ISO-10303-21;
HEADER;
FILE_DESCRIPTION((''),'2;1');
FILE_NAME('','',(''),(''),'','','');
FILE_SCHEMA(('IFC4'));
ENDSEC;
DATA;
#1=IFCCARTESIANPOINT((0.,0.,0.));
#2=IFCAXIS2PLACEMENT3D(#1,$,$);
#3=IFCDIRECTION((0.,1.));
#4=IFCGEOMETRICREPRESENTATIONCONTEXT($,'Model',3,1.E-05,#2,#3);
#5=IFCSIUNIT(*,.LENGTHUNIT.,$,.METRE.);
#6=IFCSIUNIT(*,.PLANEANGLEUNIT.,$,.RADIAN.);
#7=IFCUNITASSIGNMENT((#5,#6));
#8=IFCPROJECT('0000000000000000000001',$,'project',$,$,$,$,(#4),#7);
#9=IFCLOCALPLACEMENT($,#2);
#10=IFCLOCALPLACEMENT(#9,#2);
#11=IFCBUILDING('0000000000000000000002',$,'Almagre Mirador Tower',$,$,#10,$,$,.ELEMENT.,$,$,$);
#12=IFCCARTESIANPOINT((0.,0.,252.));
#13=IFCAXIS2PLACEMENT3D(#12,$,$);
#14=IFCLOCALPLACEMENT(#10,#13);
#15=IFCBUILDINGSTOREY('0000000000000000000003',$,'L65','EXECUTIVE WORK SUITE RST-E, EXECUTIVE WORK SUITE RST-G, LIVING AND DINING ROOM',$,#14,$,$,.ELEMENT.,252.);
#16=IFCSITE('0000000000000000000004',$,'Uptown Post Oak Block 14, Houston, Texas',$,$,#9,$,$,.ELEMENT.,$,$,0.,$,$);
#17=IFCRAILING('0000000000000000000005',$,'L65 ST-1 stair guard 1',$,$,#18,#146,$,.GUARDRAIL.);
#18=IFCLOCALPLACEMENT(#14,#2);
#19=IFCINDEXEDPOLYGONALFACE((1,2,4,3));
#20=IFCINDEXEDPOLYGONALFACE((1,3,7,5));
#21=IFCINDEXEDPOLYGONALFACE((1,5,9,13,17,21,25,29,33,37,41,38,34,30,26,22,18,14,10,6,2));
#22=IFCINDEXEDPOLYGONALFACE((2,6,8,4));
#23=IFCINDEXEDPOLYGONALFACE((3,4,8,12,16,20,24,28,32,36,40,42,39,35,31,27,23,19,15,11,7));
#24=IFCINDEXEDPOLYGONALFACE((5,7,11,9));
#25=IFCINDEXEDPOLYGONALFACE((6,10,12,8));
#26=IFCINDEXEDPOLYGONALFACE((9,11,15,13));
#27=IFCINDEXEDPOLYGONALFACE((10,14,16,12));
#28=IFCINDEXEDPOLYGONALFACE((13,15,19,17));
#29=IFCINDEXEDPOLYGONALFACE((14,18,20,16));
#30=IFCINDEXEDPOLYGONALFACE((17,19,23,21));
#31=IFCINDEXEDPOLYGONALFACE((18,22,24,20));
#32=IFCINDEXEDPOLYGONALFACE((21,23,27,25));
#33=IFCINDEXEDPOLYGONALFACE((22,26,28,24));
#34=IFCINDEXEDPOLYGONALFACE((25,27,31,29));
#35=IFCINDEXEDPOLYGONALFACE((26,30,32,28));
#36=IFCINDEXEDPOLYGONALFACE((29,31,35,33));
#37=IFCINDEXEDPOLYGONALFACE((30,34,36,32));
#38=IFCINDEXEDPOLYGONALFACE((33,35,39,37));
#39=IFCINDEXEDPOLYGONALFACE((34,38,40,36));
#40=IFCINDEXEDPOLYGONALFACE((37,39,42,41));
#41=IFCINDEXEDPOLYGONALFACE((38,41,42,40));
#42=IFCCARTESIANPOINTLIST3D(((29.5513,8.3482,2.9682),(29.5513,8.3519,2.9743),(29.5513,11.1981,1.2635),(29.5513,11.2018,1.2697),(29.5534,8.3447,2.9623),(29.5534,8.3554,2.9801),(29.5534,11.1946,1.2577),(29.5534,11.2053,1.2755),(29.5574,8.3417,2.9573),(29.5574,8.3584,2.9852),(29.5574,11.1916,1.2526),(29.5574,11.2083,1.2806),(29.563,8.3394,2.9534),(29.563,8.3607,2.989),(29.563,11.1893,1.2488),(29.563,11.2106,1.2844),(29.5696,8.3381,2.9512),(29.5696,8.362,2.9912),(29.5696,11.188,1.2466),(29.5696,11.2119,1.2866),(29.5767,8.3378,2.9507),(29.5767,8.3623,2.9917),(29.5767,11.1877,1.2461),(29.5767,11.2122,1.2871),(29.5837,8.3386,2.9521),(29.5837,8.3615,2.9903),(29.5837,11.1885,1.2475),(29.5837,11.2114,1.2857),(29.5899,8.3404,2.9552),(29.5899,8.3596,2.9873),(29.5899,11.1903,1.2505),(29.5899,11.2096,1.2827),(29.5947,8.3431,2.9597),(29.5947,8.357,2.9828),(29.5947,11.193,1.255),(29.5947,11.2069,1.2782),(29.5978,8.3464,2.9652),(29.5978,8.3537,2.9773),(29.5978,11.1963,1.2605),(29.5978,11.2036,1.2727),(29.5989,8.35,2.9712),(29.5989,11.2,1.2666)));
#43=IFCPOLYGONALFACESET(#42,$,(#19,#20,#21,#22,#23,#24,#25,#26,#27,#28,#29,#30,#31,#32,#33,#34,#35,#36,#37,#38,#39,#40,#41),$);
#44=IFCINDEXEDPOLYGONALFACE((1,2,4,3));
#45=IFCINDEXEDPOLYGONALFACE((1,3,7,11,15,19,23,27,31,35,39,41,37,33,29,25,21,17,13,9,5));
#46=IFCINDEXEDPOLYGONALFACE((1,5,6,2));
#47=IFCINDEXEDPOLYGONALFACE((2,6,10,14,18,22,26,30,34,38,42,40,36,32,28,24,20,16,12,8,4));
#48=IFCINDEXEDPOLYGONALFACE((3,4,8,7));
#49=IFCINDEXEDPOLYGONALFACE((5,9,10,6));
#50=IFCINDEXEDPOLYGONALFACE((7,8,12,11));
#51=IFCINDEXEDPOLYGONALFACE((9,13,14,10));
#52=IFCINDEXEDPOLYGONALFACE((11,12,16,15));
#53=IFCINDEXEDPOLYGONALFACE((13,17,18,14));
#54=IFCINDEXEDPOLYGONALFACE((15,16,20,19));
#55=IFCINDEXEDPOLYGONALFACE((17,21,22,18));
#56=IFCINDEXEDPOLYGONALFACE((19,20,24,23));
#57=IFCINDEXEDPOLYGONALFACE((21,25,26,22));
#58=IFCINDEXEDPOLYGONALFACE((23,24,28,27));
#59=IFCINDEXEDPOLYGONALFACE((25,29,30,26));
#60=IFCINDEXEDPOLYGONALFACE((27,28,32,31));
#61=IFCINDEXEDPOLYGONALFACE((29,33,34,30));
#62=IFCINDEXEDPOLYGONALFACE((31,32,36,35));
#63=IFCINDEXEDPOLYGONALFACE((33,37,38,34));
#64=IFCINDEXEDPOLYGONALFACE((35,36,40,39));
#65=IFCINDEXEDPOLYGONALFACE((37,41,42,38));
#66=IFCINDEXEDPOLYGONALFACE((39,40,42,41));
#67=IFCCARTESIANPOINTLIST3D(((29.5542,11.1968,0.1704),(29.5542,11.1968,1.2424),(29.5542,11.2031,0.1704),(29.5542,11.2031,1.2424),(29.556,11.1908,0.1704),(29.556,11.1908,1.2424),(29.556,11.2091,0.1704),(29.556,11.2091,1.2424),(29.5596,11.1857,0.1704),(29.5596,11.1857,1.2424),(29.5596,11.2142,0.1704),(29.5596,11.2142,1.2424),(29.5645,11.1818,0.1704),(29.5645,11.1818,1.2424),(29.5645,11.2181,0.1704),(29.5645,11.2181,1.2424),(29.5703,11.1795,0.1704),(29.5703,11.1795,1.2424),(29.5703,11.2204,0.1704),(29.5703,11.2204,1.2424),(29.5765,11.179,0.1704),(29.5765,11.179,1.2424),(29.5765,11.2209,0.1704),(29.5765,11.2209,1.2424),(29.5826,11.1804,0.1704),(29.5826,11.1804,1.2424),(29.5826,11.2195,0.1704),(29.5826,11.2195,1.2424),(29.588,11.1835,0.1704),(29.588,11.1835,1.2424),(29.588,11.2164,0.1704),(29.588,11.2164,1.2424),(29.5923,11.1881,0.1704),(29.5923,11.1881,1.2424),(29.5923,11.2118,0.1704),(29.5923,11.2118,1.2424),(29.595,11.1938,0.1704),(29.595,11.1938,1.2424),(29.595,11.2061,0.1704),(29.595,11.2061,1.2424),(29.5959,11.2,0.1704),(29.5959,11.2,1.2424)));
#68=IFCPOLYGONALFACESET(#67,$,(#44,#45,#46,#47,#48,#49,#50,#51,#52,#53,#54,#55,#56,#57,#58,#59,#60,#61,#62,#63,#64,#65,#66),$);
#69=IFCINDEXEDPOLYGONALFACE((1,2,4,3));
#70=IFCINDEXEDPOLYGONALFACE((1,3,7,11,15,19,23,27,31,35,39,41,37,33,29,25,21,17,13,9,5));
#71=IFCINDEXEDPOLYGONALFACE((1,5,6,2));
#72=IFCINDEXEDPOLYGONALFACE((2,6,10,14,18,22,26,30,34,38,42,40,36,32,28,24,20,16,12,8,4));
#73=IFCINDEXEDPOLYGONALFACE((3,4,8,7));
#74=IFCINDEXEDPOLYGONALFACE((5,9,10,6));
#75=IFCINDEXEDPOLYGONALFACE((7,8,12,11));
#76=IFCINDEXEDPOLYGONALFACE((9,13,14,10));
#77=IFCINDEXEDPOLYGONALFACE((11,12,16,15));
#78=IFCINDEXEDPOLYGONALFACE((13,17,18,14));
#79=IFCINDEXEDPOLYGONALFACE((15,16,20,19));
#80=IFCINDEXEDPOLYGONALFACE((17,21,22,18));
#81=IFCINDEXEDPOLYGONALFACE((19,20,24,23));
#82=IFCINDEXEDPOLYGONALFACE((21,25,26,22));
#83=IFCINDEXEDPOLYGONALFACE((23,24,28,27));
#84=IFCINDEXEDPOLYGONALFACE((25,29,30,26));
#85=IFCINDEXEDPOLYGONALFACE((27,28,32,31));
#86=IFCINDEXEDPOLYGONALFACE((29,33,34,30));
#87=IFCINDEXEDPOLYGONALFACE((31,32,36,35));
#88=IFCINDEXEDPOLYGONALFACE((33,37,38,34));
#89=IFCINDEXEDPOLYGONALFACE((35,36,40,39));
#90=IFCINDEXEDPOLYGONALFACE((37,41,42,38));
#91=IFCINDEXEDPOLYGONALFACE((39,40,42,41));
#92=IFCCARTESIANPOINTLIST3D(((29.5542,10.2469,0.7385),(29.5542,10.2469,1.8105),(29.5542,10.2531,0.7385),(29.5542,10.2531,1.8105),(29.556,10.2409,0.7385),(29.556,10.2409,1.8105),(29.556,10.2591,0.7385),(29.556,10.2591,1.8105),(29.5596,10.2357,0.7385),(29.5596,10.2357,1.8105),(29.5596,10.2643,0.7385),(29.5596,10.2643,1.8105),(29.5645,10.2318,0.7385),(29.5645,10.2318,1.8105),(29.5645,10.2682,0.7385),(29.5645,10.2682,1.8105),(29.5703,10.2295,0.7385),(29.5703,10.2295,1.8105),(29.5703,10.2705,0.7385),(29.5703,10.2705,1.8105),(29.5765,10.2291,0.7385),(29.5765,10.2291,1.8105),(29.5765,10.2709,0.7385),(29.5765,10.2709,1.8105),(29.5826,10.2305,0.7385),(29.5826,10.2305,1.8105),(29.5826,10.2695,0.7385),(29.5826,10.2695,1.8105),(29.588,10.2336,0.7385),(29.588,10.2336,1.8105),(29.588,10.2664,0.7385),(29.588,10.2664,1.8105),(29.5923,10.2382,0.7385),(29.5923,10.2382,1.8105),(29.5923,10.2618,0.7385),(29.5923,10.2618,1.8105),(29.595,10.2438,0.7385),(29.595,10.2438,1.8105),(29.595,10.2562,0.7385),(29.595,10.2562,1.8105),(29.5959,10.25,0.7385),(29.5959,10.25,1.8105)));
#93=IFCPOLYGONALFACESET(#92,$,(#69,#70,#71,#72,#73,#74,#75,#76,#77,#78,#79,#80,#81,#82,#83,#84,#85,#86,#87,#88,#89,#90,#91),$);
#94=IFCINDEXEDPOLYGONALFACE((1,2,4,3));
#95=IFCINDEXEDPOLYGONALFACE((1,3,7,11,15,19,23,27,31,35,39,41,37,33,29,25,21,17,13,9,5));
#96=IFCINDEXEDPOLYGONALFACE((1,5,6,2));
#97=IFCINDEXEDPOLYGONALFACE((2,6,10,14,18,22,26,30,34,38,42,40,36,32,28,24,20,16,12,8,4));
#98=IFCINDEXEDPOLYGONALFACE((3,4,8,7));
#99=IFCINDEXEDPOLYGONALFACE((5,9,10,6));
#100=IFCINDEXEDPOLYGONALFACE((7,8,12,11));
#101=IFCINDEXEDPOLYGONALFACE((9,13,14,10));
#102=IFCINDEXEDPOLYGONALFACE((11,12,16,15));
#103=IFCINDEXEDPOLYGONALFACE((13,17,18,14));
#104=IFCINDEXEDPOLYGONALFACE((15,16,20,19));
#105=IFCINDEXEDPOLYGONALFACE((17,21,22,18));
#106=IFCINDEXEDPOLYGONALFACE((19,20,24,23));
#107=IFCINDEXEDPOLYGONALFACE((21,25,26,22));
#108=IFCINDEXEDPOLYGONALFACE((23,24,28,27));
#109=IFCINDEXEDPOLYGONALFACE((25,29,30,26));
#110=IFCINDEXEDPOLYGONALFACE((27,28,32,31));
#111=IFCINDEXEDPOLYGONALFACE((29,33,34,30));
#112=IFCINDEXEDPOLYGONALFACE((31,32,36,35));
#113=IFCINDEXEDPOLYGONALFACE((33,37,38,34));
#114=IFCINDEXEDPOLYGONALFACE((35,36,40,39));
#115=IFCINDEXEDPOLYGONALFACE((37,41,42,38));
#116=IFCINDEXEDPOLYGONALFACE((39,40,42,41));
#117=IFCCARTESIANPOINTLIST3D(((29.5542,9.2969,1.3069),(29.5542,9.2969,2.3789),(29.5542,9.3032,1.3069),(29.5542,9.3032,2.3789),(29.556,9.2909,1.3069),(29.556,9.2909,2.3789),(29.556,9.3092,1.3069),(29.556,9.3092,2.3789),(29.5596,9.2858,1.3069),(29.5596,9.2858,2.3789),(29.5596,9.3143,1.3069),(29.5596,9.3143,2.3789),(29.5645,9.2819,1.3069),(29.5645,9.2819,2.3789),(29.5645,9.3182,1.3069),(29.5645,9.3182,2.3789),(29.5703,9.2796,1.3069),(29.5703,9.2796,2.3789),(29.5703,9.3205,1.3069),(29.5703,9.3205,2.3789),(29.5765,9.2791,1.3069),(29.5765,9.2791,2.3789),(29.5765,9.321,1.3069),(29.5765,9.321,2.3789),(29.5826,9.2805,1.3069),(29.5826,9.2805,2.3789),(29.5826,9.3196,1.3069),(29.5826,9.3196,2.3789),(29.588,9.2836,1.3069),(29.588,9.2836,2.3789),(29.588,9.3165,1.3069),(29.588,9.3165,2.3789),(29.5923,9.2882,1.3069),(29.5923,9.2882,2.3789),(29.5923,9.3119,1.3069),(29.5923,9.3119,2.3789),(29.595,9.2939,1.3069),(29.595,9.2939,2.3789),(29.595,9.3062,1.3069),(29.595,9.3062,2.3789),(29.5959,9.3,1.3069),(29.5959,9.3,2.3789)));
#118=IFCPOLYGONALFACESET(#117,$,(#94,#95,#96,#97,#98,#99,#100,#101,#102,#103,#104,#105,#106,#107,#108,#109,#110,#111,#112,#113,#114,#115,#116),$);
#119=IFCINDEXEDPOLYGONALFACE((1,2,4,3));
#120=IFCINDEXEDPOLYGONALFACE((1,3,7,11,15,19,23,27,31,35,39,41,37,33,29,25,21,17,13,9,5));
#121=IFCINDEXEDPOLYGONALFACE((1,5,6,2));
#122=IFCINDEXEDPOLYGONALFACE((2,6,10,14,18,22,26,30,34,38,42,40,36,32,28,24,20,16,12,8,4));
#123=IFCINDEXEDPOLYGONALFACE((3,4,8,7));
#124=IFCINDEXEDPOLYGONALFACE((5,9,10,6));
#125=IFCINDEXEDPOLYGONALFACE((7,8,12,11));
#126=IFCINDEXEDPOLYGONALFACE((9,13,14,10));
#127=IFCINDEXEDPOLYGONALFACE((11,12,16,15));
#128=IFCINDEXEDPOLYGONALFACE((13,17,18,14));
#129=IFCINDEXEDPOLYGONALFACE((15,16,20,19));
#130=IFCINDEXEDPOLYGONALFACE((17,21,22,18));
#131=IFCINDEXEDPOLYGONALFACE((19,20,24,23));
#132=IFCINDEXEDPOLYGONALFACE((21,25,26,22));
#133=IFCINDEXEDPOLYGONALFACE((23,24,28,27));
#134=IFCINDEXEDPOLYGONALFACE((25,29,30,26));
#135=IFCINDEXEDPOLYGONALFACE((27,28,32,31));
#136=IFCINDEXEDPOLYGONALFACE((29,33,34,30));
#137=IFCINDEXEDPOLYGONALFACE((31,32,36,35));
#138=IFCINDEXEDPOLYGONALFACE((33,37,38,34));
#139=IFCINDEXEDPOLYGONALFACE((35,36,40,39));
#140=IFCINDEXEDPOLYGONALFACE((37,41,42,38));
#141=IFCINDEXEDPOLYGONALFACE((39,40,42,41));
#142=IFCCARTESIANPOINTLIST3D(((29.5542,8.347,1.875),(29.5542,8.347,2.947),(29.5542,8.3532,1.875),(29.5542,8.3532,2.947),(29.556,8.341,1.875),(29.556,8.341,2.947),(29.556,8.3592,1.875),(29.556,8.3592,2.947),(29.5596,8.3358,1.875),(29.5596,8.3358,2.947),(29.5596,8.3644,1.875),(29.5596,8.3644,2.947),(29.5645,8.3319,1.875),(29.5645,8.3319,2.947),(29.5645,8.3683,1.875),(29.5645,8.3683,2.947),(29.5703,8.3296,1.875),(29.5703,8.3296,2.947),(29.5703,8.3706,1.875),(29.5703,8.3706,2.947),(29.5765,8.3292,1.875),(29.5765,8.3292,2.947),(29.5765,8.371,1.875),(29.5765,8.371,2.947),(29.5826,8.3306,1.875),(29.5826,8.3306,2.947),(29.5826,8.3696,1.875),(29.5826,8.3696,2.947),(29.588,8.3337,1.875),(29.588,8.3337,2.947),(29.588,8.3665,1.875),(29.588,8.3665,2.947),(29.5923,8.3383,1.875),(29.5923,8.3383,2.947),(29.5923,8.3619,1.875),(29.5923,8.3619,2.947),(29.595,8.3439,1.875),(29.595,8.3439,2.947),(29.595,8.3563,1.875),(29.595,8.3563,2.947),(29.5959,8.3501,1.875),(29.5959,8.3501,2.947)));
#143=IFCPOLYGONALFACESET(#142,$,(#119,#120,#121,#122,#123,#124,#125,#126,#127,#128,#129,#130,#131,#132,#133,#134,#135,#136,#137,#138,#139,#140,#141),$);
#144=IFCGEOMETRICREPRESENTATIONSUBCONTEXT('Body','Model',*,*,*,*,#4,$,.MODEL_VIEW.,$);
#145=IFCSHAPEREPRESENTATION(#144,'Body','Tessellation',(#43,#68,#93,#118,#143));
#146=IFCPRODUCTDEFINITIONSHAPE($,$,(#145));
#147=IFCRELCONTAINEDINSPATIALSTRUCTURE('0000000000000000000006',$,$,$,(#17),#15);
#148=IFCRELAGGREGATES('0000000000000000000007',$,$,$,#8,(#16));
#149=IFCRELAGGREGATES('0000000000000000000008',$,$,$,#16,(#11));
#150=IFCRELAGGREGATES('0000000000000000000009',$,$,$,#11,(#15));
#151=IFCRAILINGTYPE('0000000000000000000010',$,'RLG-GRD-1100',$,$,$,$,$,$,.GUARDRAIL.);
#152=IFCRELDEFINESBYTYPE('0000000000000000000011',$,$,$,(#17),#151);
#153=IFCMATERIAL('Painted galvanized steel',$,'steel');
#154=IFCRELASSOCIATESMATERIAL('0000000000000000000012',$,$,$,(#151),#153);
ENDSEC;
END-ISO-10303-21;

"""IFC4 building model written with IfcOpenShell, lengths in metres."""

from ifc_helpers import new_model, si_unit, direction, frame, origin, origin_2d, place, context, subcontext, project, spatial, circle, extrude, material, type_object, element, save


model = new_model("IFC4")

# Units and contexts
model_context = context("Model", 3, precision=1e-05, world=origin(), true_north=direction((0.0, 1.0)))
body_context = subcontext(model_context, "Body", "Model", "MODEL_VIEW")
ifc_project = project(units=[si_unit("LENGTHUNIT", "METRE"), si_unit("PLANEANGLEUNIT", "RADIAN")], contexts=[model_context])

# Site, building, storey
site_placement = place(None, origin())
site = spatial("IfcSite", under=ifc_project, at=site_placement, Name="Uptown Post Oak Block 14, Houston, Texas", CompositionType="ELEMENT", RefElevation=0.0)
building_placement = place(site_placement, origin())
building = spatial("IfcBuilding", under=site, at=building_placement, Name="Almagre Mirador Tower", CompositionType="ELEMENT")
storey_placement = place(building_placement, frame((0.0, 0.0, 252.0)))
storey = spatial("IfcBuildingStorey", under=building, at=storey_placement, Name="L65", Description="EXECUTIVE WORK SUITE RST-E, EXECUTIVE WORK SUITE RST-G, LIVING AND DINING ROOM", CompositionType="ELEMENT", Elevation=252.0)

# Railing
ifc_material_1 = material(Name="Painted galvanized steel", Category="steel")
railing_type_1 = type_object("IfcRailingType", Name="RLG-GRD-1100", PredefinedType="GUARDRAIL", material=ifc_material_1)
railing_1_placement = place(storey_placement, frame((29.575, 11.2, 0.1704)))
element("IfcRailing", 1, at=railing_1_placement, inside=storey, type_object=railing_type_1, Name="L65 ST-1 stair guard 1", PredefinedType="GUARDRAIL", context=body_context, shape_type="SweptSolid", body=[
    extrude(circle(Radius=0.0239, at=origin_2d()), frame((0.0, 0.0, 1.0962), z_axis=(0.0, -0.858199, 0.513317), x_axis=(1.0, 0.0, 0.0)), (0.0, 0.0, 1.0), 3.3208),
    extrude(circle(Radius=0.021, at=origin_2d()), origin(), (0.0, 0.0, 1.0), 1.072),
    extrude(circle(Radius=0.021, at=origin_2d()), frame((0.0, -0.95, 0.5681)), (0.0, 0.0, 1.0), 1.072),
    extrude(circle(Radius=0.021, at=origin_2d()), frame((0.0, -1.8999, 1.1365)), (0.0, 0.0, 1.0), 1.072),
    extrude(circle(Radius=0.021, at=origin_2d()), frame((0.0, -2.8499, 1.7046)), (0.0, 0.0, 1.0), 1.072),
])

save(model, "model.ifc")
